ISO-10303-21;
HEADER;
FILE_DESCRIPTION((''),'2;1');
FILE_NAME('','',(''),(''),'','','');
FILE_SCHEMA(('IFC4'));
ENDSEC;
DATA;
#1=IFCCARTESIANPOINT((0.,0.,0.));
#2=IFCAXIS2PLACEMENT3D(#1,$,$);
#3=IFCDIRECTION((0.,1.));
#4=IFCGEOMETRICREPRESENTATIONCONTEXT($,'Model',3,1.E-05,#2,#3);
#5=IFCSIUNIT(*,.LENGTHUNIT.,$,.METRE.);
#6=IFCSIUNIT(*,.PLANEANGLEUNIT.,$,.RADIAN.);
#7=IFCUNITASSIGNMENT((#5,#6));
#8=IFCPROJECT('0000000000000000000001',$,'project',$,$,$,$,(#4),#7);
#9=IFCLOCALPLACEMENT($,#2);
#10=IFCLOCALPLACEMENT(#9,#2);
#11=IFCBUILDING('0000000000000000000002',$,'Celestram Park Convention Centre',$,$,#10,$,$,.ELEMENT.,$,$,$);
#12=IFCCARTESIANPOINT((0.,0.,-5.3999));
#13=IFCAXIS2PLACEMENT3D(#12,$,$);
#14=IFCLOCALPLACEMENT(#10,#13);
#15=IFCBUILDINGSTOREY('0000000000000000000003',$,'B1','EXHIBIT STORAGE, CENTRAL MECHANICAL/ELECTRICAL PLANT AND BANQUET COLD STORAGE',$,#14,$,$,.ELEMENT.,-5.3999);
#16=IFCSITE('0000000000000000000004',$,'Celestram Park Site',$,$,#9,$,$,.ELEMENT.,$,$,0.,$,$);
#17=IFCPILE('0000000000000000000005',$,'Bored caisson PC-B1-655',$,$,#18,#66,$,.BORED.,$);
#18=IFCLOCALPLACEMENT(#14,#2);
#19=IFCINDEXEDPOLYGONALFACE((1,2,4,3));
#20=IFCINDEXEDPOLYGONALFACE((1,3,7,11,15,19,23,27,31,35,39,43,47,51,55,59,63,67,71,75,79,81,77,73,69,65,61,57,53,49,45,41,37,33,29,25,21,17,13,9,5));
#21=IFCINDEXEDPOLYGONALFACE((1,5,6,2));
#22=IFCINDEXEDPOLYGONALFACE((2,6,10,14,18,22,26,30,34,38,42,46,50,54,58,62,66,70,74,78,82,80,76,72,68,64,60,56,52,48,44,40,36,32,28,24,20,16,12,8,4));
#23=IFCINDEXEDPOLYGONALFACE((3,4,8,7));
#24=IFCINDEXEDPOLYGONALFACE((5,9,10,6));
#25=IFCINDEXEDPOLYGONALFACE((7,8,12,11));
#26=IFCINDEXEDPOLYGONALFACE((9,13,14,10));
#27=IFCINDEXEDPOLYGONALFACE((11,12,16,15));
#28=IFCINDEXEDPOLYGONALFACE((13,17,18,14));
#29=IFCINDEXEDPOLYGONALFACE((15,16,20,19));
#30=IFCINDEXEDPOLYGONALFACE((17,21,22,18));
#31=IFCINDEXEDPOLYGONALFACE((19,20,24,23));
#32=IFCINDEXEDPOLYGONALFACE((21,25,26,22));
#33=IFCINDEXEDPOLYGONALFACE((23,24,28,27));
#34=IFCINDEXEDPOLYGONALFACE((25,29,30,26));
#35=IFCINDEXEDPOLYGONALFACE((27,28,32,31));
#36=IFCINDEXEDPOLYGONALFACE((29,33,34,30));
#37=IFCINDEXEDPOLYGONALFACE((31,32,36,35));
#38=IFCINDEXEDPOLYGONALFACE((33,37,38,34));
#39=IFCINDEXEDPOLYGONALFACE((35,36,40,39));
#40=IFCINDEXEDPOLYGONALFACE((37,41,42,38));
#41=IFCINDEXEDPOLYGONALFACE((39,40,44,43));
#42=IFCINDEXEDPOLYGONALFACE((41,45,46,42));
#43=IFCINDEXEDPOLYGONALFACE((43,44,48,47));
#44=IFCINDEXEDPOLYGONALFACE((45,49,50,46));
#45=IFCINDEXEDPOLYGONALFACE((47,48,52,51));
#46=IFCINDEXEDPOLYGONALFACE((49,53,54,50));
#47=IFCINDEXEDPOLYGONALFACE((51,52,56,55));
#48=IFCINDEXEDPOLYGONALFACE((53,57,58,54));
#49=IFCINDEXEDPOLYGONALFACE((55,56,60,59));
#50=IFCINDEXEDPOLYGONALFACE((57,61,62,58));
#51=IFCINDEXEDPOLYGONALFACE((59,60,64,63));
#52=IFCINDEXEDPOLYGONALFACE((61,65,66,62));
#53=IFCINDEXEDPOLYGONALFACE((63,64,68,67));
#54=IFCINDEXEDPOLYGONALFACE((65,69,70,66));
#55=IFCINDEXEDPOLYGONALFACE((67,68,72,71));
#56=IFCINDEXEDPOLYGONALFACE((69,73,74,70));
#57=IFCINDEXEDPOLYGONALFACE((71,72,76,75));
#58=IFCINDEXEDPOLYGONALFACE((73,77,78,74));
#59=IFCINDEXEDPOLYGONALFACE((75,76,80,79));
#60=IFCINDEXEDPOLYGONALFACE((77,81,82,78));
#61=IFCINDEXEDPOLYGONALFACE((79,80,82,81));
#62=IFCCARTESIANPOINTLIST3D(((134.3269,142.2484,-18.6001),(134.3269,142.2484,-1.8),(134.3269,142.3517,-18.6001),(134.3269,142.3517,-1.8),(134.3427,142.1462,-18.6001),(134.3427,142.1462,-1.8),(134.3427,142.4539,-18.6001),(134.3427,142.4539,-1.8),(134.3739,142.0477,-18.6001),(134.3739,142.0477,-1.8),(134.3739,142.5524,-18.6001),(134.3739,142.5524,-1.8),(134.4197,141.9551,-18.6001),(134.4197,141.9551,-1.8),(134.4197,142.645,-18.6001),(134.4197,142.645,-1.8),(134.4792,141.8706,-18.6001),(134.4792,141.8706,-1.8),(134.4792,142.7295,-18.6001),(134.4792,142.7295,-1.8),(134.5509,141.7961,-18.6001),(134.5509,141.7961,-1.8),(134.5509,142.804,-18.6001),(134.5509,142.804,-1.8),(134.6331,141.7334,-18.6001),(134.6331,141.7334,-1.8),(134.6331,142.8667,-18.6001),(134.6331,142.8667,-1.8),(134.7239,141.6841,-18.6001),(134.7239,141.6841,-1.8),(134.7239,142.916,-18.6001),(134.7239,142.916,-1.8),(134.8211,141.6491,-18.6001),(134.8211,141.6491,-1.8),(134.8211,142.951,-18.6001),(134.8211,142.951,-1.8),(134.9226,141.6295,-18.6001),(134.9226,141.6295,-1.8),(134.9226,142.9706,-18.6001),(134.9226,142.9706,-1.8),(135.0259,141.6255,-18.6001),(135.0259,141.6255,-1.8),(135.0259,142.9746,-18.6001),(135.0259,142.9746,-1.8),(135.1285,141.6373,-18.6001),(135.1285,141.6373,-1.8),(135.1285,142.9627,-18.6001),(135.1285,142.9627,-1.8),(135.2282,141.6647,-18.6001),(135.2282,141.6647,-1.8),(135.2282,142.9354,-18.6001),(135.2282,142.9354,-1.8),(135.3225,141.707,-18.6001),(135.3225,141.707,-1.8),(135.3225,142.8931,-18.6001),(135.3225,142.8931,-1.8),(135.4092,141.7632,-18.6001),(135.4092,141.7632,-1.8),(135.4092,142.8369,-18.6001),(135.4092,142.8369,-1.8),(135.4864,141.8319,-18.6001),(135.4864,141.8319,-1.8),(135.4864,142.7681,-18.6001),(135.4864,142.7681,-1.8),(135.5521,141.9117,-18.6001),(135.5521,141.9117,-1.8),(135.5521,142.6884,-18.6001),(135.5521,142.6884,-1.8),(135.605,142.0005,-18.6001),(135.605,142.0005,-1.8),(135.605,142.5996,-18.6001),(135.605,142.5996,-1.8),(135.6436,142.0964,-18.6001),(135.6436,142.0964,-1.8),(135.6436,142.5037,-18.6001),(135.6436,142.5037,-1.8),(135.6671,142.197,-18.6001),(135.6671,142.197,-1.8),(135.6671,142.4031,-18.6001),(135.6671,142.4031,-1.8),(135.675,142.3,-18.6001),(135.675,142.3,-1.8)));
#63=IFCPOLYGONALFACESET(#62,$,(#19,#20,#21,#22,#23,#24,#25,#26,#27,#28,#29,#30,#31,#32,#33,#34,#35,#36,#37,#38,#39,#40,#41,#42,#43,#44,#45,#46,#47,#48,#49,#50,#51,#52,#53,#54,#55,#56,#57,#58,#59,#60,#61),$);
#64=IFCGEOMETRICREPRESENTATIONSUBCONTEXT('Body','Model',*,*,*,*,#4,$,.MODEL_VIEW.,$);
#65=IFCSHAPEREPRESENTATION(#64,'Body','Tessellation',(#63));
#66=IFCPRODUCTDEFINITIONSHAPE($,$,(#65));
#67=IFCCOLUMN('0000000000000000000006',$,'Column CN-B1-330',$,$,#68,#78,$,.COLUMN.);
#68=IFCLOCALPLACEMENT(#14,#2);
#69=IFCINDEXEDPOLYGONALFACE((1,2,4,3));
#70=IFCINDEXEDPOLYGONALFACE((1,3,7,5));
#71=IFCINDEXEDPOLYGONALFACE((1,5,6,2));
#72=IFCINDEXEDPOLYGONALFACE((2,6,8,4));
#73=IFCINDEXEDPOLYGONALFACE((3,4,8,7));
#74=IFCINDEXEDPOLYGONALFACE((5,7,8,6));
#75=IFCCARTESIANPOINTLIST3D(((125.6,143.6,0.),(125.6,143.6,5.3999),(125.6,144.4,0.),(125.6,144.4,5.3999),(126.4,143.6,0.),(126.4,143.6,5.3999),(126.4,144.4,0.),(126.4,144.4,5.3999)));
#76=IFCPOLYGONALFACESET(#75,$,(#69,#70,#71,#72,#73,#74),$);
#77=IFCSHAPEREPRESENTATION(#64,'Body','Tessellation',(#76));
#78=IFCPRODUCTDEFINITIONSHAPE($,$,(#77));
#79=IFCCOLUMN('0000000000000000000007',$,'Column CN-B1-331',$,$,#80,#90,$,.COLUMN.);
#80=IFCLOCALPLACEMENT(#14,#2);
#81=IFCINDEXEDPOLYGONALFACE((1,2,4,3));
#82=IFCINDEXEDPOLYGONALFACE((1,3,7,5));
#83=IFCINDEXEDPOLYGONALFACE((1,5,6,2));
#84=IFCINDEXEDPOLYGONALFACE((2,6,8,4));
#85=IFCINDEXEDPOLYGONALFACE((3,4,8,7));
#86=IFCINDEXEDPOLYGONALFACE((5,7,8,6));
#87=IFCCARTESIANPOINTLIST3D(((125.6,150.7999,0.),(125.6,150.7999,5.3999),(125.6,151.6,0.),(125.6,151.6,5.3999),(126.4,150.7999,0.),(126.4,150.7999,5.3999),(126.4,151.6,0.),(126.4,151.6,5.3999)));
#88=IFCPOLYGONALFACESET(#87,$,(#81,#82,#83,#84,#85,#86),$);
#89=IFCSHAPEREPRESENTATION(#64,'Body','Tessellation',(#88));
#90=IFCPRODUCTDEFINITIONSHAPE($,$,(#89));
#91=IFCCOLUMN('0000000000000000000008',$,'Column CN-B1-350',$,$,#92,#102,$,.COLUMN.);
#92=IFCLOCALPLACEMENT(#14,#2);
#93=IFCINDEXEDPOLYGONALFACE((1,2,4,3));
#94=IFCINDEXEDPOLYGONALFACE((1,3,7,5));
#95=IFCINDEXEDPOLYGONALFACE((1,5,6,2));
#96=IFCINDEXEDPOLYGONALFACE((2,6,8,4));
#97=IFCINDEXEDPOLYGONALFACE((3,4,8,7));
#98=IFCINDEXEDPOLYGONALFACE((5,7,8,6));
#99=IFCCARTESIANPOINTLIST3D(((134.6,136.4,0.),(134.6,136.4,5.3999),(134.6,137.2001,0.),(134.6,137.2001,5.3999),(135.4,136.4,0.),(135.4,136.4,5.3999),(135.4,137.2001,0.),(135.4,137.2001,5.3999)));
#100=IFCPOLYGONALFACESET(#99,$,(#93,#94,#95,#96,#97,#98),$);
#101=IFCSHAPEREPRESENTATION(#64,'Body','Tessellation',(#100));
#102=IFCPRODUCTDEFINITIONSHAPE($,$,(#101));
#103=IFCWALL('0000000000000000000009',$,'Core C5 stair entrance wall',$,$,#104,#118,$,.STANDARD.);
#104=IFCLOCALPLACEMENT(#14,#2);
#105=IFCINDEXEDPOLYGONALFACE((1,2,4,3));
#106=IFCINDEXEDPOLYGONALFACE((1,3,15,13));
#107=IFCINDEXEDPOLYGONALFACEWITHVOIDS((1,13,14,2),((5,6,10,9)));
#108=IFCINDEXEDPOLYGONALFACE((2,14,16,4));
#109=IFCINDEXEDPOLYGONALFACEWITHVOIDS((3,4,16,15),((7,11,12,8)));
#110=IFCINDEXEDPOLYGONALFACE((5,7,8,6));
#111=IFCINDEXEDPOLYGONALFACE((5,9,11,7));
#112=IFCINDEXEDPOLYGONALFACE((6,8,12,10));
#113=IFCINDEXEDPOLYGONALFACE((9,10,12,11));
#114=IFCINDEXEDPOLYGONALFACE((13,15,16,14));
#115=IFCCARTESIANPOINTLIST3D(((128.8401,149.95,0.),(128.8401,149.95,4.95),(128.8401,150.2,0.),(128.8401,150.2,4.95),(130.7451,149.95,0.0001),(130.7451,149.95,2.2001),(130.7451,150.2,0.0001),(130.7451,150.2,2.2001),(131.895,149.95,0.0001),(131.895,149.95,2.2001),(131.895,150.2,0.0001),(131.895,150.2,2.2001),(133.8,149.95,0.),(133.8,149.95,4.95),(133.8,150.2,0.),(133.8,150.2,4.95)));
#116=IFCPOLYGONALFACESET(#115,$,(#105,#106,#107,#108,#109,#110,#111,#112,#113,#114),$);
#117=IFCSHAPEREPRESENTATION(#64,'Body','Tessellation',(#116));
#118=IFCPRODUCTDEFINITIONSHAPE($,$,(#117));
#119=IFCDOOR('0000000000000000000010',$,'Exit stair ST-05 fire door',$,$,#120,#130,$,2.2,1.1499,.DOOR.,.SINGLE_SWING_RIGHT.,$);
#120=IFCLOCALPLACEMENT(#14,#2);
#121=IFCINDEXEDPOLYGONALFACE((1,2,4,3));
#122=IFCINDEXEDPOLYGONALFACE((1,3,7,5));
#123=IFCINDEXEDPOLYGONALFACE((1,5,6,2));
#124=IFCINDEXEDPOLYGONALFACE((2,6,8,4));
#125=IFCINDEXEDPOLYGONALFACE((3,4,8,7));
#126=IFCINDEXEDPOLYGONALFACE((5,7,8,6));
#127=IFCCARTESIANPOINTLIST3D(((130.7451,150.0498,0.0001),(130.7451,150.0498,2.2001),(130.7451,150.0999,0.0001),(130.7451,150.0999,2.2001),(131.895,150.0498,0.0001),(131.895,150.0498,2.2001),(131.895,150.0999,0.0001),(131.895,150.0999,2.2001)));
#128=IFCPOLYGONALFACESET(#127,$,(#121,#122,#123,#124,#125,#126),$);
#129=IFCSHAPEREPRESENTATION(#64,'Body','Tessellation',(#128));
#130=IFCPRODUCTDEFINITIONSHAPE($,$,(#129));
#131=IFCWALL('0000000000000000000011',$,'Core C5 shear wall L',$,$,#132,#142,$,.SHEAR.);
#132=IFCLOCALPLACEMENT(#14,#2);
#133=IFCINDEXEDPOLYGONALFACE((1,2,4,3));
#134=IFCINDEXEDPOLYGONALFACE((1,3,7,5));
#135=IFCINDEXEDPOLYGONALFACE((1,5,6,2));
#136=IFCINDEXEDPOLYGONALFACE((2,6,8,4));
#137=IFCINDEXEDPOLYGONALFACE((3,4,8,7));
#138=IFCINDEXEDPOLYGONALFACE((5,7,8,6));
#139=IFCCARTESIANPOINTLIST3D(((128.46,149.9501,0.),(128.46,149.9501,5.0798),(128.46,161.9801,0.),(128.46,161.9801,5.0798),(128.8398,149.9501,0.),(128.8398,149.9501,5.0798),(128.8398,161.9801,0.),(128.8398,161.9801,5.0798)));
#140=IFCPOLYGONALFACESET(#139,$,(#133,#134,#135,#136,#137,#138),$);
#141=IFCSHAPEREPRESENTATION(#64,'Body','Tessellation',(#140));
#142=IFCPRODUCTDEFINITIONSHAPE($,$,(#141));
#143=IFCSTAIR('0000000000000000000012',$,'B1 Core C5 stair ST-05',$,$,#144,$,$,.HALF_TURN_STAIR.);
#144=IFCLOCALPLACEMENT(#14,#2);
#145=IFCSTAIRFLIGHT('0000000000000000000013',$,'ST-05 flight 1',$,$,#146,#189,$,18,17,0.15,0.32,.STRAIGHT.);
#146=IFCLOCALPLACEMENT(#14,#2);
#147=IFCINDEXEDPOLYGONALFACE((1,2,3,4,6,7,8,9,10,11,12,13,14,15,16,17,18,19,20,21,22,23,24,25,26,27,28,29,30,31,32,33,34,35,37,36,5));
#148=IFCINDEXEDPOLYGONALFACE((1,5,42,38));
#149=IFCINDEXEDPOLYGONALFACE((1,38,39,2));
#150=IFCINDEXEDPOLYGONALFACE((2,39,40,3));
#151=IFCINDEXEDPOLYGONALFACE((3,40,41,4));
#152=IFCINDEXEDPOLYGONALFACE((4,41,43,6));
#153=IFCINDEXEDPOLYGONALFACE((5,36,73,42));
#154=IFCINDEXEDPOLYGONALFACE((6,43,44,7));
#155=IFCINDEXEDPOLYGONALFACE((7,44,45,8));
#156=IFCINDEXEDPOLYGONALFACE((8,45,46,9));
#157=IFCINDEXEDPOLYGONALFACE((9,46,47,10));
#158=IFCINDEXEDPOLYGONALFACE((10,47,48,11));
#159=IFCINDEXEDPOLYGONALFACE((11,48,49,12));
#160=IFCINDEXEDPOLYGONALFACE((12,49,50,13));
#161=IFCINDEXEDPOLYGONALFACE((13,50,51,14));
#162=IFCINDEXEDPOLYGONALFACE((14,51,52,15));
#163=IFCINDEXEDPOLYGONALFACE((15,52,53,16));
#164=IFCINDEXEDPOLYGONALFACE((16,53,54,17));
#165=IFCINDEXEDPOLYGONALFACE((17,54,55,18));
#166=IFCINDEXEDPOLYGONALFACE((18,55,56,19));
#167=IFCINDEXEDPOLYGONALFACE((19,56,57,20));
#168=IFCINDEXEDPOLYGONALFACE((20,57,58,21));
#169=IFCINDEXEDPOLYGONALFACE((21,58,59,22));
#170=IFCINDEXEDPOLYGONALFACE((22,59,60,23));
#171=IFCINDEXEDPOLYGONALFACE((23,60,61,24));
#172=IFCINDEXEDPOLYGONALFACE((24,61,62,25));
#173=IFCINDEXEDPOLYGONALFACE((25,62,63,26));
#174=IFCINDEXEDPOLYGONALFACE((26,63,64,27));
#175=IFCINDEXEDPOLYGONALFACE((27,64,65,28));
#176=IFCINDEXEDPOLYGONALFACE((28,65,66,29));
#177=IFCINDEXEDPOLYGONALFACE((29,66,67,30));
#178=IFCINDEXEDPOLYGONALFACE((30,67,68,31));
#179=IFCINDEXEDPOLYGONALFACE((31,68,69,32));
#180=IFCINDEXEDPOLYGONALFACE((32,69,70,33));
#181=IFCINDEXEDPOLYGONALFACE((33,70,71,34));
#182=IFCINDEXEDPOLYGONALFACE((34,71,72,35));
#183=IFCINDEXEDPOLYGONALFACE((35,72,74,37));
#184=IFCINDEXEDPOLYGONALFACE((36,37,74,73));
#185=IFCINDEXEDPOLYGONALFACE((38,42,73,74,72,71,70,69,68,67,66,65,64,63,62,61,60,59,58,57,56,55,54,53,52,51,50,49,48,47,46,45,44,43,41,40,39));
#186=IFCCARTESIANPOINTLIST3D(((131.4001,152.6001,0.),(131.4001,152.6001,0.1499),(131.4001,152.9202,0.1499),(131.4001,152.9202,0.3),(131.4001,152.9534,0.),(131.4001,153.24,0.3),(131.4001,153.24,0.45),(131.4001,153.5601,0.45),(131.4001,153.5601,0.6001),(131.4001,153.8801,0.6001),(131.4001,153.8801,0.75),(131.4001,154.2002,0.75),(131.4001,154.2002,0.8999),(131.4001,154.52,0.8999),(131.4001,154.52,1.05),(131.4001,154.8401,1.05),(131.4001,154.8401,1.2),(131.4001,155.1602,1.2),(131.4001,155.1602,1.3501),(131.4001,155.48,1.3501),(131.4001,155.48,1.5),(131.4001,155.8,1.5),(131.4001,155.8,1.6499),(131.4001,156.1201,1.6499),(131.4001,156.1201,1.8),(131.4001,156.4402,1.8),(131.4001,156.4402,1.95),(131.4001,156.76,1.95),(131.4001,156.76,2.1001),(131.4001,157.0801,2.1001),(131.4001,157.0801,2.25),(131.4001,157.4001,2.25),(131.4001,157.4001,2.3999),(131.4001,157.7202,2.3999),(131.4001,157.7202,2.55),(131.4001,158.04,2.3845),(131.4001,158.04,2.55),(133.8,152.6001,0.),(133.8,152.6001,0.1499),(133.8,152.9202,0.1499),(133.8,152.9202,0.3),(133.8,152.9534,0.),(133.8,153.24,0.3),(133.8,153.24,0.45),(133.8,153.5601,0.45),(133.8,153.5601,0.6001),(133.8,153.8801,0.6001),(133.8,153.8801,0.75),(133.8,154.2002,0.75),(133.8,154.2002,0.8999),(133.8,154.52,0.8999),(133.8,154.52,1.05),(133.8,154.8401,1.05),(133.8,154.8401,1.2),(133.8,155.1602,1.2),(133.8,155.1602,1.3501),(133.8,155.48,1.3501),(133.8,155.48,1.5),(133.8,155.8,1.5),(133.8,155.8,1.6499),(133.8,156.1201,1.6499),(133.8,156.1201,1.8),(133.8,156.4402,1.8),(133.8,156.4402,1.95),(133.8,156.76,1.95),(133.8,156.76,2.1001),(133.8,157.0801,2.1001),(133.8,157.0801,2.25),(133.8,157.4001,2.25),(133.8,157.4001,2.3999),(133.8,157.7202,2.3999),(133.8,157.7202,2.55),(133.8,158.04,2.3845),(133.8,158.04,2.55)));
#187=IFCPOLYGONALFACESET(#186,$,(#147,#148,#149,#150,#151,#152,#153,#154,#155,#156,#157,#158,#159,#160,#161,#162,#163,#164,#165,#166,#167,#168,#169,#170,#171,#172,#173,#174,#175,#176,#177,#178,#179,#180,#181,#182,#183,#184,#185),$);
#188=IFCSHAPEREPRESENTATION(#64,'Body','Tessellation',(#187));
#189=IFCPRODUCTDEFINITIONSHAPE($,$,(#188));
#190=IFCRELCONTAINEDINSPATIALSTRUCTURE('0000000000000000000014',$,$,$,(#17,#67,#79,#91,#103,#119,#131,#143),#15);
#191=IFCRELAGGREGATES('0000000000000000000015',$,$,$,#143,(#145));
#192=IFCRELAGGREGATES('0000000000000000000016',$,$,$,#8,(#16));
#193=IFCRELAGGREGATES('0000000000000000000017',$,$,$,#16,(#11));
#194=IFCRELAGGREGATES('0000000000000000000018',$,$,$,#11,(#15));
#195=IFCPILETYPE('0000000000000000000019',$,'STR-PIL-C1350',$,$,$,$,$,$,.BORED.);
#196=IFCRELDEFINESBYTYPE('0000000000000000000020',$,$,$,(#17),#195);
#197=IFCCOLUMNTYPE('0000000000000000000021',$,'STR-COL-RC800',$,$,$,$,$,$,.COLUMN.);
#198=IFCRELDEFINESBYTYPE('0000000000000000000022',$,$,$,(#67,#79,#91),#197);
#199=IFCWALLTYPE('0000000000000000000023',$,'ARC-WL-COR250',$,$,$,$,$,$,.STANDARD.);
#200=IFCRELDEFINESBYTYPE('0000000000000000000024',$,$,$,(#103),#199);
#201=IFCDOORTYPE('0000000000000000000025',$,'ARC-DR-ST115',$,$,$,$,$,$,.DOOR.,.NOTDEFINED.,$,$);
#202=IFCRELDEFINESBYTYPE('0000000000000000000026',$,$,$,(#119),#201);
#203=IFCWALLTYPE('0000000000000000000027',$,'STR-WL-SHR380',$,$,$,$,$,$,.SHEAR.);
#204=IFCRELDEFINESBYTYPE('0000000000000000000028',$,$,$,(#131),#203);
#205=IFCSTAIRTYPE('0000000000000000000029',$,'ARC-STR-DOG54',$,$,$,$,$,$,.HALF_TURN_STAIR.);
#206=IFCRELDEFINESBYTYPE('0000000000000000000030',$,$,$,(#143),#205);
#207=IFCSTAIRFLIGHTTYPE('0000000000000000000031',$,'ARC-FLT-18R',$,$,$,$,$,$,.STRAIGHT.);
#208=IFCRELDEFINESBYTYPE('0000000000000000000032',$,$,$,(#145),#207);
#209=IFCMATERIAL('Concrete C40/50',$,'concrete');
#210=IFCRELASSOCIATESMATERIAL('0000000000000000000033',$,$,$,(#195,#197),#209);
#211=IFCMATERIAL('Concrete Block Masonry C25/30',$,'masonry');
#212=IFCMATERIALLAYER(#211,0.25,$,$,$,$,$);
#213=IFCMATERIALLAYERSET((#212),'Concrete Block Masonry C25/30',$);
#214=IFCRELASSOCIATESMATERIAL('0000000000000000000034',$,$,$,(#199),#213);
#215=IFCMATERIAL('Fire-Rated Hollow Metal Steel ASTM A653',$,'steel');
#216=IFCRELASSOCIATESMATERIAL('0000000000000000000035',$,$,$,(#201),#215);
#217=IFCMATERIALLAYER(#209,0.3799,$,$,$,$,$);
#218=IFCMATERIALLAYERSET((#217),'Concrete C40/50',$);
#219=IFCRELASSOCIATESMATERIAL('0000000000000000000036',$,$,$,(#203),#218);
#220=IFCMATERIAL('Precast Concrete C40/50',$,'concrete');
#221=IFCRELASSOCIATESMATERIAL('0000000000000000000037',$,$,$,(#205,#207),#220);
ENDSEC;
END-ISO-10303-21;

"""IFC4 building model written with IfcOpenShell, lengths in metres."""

from ifc_helpers import new_model, si_unit, direction, frame, frame_2d, origin, origin_2d, place, context, subcontext, project, spatial, polyline, rectangle, circle, outline, extrude, material, layer, layer_set, material_profile, profile_set, type_object, element, fill, aggregate, save


model = new_model("IFC4")

# Units and contexts
model_context = context("Model", 3, precision=1e-05, world=origin(), true_north=direction((0.0, 1.0)))
body_context = subcontext(model_context, "Body", "Model", "MODEL_VIEW")
ifc_project = project(units=[si_unit("LENGTHUNIT", "METRE"), si_unit("PLANEANGLEUNIT", "RADIAN")], contexts=[model_context])

# Site, building, storey
site_placement = place(None, origin())
site = spatial("IfcSite", under=ifc_project, at=site_placement, Name="Celestram Park Site", CompositionType="ELEMENT", RefElevation=0.0)
building_placement = place(site_placement, origin())
building = spatial("IfcBuilding", under=site, at=building_placement, Name="Celestram Park Convention Centre", CompositionType="ELEMENT")
storey_placement = place(building_placement, frame((0.0, 0.0, -5.3999)))
storey = spatial("IfcBuildingStorey", under=building, at=storey_placement, Name="B1", Description="EXHIBIT STORAGE, CENTRAL MECHANICAL/ELECTRICAL PLANT AND BANQUET COLD STORAGE", CompositionType="ELEMENT", Elevation=-5.3999)

# Shared definitions
ifc_material_1 = material(Name="Concrete C40/50", Category="concrete")

# Pile
ifc_material_profile_1 = material_profile(ifc_material_1, circle(Radius=0.675, at=origin_2d()), Name="CAISSON1350")
ifc_profile_set_1 = profile_set([ifc_material_profile_1], Name="Concrete C40/50")
pile_type_1 = type_object("IfcPileType", Name="STR-PIL-C1350", PredefinedType="BORED", material=ifc_profile_set_1)
for number, where, z_axis, x_axis, name in (
    (1, (135.0, 142.3, -1.8), (0.0, 0.0, -1.0), (1.0, 0.0, 0.0), "Bored caisson PC-B1-655"),
):
    element("IfcPile", number, at=place(storey_placement, frame(where, z_axis=z_axis, x_axis=x_axis)), inside=storey, type_object=pile_type_1, Name=name, PredefinedType="BORED", context=body_context, shape_type="SweptSolid", body=[
        extrude(circle(Radius=0.675, at=origin_2d()), origin(), (0.0, 0.0, 1.0), 16.8),
    ])

# Columns
ifc_material_profile_2 = material_profile(ifc_material_1, rectangle(XDim=0.8, YDim=0.8, at=origin_2d()), Name="RC800X800")
ifc_profile_set_2 = profile_set([ifc_material_profile_2], Name="Concrete C40/50")
column_type = type_object("IfcColumnType", Name="STR-COL-RC800", PredefinedType="COLUMN", material=ifc_profile_set_2)
for number, where, z_axis, x_axis, name in (
    (2, (126.0, 144.0, 0.0), (0.0, 0.0, 1.0), (1.0, 0.0, 0.0), "Column CN-B1-330"),
    (3, (126.0, 151.2, 0.0), (0.0, 0.0, 1.0), (1.0, 0.0, 0.0), "Column CN-B1-331"),
    (4, (135.0, 136.8, 0.0), (0.0, 0.0, 1.0), (1.0, 0.0, 0.0), "Column CN-B1-350"),
):
    element("IfcColumn", number, at=place(storey_placement, frame(where, z_axis=z_axis, x_axis=x_axis)), inside=storey, type_object=column_type, Name=name, PredefinedType="COLUMN", context=body_context, shape_type="SweptSolid", body=[
        extrude(rectangle(XDim=0.8, YDim=0.8, at=origin_2d()), origin(), (0.0, 0.0, 1.0), 5.3999),
    ])

# Wall, opening, door
ifc_material_2 = material(Name="Concrete Block Masonry C25/30", Category="masonry")
ifc_layer_1 = layer(ifc_material_2, 0.25)
ifc_layer_set_1 = layer_set([ifc_layer_1], Name="Concrete Block Masonry C25/30")
wall_type_1 = type_object("IfcWallType", Name="ARC-WL-COR250", PredefinedType="STANDARD", material=ifc_layer_set_1)
wall_1_placement = place(storey_placement, frame((128.8401, 150.075, 0.0), z_axis=(0.0, 0.0, 1.0), x_axis=(1.0, 0.0, 0.0)))
wall_1 = element("IfcWall", 5, at=wall_1_placement, inside=storey, type_object=wall_type_1, Name="Core C5 stair entrance wall", PredefinedType="STANDARD", context=body_context, shape_type="SweptSolid", body=[
    extrude(rectangle(XDim=4.96, YDim=0.25, at=frame_2d((2.48, 0.0))), origin(), (0.0, 0.0, 1.0), 4.95),
])
opening_placement = place(wall_1_placement, frame((1.905, 0.0, 0.0)))
opening = element("IfcOpeningElement", 6, at=opening_placement, cuts=wall_1, PredefinedType="OPENING", context=body_context, shape_type="SweptSolid", body=[
    extrude(rectangle(XDim=1.1499, YDim=2.2, at=frame_2d((0.575, 1.1001))), frame((0.0, 0.135, 0.0), z_axis=(0.0, -1.0, 0.0), x_axis=(1.0, 0.0, 0.0)), (0.0, 0.0, 1.0), 0.27),
])
ifc_material_3 = material(Name="Fire-Rated Hollow Metal Steel ASTM A653", Category="steel")
door_type = type_object("IfcDoorType", Name="ARC-DR-ST115", OperationType="NOTDEFINED", PredefinedType="DOOR", material=ifc_material_3)
door_placement = place(opening_placement, origin())
door = element("IfcDoor", 7, at=door_placement, inside=storey, type_object=door_type, Name="Exit stair ST-05 fire door", OperationType="SINGLE_SWING_RIGHT", OverallHeight=2.2, OverallWidth=1.1499, PredefinedType="DOOR", context=body_context, shape_type="SweptSolid", body=[
    extrude(rectangle(XDim=1.1499, YDim=2.2, at=frame_2d((0.575, 1.1001))), frame((0.0, 0.0249, 0.0), z_axis=(0.0, -1.0, 0.0), x_axis=(1.0, 0.0, 0.0)), (0.0, 0.0, 1.0), 0.05),
])
fill(opening, door)

# Wall
ifc_layer_2 = layer(ifc_material_1, 0.3799)
ifc_layer_set_2 = layer_set([ifc_layer_2], Name="Concrete C40/50")
wall_type_2 = type_object("IfcWallType", Name="STR-WL-SHR380", PredefinedType="SHEAR", material=ifc_layer_set_2)
wall_2_placement = place(storey_placement, frame((128.6499, 149.95, 0.0), z_axis=(0.0, 0.0, 1.0), x_axis=(0.0, 1.0, 0.0)))
element("IfcWall", 8, at=wall_2_placement, inside=storey, type_object=wall_type_2, Name="Core C5 shear wall L", PredefinedType="SHEAR", context=body_context, shape_type="SweptSolid", body=[
    extrude(rectangle(XDim=12.03, YDim=0.3799, at=frame_2d((6.0151, 0.0))), origin(), (0.0, 0.0, 1.0), 5.0798),
])

# Stair, stair flight
ifc_material_4 = material(Name="Precast Concrete C40/50", Category="concrete")
stair_type = type_object("IfcStairType", Name="ARC-STR-DOG54", PredefinedType="HALF_TURN_STAIR", material=ifc_material_4)
stair_placement = place(storey_placement, origin())
stair = element("IfcStair", 9, at=stair_placement, inside=storey, type_object=stair_type, Name="B1 Core C5 stair ST-05", PredefinedType="HALF_TURN_STAIR")
stair_flight_type = type_object("IfcStairFlightType", Name="ARC-FLT-18R", PredefinedType="STRAIGHT", material=ifc_material_4)
stair_flight_placement = place(storey_placement, frame((132.6001, 152.6001, 0.0), z_axis=(0.0, 0.0, 1.0), x_axis=(0.0, 1.0, 0.0)))
stair_flight = element("IfcStairFlight", 10, at=stair_flight_placement, type_object=stair_flight_type, Name="ST-05 flight 1", NumberOfRisers=18, NumberOfTreads=17, PredefinedType="STRAIGHT", RiserHeight=0.15, TreadLength=0.32, context=body_context, shape_type="SweptSolid", body=[
    extrude(outline(polyline([(0.0, 0.0), (0.0, 0.1499), (0.3201, 0.1499), (0.3201, 0.3), (0.6399, 0.3), (0.6399, 0.45), (0.96, 0.45), (0.96, 0.6001), (1.28, 0.6001), (1.28, 0.75), (1.6001, 0.75), (1.6001, 0.8999), (1.9199, 0.8999), (1.9199, 1.05), (2.24, 1.05), (2.24, 1.2), (2.5601, 1.2), (2.5601, 1.3501), (2.8799, 1.3501), (2.8799, 1.5), (3.2, 1.5), (3.2, 1.6499), (3.52, 1.6499), (3.52, 1.8), (3.8401, 1.8), (3.8401, 1.95), (4.1599, 1.95), (4.1599, 2.1001), (4.48, 2.1001), (4.48, 2.25), (4.8, 2.25), (4.8, 2.3999), (5.1201, 2.3999), (5.1201, 2.55), (5.4399, 2.55), (5.4399, 2.7), (5.4399, 2.3845), (0.3533, 0.0), (0.0, 0.0)])), frame((0.0, 1.2, 0.0), z_axis=(0.0, -1.0, 0.0), x_axis=(1.0, 0.0, 0.0)), (0.0, 0.0, 1.0), 2.3999),
])
aggregate(stair, [stair_flight])

save(model, "model.ifc")
